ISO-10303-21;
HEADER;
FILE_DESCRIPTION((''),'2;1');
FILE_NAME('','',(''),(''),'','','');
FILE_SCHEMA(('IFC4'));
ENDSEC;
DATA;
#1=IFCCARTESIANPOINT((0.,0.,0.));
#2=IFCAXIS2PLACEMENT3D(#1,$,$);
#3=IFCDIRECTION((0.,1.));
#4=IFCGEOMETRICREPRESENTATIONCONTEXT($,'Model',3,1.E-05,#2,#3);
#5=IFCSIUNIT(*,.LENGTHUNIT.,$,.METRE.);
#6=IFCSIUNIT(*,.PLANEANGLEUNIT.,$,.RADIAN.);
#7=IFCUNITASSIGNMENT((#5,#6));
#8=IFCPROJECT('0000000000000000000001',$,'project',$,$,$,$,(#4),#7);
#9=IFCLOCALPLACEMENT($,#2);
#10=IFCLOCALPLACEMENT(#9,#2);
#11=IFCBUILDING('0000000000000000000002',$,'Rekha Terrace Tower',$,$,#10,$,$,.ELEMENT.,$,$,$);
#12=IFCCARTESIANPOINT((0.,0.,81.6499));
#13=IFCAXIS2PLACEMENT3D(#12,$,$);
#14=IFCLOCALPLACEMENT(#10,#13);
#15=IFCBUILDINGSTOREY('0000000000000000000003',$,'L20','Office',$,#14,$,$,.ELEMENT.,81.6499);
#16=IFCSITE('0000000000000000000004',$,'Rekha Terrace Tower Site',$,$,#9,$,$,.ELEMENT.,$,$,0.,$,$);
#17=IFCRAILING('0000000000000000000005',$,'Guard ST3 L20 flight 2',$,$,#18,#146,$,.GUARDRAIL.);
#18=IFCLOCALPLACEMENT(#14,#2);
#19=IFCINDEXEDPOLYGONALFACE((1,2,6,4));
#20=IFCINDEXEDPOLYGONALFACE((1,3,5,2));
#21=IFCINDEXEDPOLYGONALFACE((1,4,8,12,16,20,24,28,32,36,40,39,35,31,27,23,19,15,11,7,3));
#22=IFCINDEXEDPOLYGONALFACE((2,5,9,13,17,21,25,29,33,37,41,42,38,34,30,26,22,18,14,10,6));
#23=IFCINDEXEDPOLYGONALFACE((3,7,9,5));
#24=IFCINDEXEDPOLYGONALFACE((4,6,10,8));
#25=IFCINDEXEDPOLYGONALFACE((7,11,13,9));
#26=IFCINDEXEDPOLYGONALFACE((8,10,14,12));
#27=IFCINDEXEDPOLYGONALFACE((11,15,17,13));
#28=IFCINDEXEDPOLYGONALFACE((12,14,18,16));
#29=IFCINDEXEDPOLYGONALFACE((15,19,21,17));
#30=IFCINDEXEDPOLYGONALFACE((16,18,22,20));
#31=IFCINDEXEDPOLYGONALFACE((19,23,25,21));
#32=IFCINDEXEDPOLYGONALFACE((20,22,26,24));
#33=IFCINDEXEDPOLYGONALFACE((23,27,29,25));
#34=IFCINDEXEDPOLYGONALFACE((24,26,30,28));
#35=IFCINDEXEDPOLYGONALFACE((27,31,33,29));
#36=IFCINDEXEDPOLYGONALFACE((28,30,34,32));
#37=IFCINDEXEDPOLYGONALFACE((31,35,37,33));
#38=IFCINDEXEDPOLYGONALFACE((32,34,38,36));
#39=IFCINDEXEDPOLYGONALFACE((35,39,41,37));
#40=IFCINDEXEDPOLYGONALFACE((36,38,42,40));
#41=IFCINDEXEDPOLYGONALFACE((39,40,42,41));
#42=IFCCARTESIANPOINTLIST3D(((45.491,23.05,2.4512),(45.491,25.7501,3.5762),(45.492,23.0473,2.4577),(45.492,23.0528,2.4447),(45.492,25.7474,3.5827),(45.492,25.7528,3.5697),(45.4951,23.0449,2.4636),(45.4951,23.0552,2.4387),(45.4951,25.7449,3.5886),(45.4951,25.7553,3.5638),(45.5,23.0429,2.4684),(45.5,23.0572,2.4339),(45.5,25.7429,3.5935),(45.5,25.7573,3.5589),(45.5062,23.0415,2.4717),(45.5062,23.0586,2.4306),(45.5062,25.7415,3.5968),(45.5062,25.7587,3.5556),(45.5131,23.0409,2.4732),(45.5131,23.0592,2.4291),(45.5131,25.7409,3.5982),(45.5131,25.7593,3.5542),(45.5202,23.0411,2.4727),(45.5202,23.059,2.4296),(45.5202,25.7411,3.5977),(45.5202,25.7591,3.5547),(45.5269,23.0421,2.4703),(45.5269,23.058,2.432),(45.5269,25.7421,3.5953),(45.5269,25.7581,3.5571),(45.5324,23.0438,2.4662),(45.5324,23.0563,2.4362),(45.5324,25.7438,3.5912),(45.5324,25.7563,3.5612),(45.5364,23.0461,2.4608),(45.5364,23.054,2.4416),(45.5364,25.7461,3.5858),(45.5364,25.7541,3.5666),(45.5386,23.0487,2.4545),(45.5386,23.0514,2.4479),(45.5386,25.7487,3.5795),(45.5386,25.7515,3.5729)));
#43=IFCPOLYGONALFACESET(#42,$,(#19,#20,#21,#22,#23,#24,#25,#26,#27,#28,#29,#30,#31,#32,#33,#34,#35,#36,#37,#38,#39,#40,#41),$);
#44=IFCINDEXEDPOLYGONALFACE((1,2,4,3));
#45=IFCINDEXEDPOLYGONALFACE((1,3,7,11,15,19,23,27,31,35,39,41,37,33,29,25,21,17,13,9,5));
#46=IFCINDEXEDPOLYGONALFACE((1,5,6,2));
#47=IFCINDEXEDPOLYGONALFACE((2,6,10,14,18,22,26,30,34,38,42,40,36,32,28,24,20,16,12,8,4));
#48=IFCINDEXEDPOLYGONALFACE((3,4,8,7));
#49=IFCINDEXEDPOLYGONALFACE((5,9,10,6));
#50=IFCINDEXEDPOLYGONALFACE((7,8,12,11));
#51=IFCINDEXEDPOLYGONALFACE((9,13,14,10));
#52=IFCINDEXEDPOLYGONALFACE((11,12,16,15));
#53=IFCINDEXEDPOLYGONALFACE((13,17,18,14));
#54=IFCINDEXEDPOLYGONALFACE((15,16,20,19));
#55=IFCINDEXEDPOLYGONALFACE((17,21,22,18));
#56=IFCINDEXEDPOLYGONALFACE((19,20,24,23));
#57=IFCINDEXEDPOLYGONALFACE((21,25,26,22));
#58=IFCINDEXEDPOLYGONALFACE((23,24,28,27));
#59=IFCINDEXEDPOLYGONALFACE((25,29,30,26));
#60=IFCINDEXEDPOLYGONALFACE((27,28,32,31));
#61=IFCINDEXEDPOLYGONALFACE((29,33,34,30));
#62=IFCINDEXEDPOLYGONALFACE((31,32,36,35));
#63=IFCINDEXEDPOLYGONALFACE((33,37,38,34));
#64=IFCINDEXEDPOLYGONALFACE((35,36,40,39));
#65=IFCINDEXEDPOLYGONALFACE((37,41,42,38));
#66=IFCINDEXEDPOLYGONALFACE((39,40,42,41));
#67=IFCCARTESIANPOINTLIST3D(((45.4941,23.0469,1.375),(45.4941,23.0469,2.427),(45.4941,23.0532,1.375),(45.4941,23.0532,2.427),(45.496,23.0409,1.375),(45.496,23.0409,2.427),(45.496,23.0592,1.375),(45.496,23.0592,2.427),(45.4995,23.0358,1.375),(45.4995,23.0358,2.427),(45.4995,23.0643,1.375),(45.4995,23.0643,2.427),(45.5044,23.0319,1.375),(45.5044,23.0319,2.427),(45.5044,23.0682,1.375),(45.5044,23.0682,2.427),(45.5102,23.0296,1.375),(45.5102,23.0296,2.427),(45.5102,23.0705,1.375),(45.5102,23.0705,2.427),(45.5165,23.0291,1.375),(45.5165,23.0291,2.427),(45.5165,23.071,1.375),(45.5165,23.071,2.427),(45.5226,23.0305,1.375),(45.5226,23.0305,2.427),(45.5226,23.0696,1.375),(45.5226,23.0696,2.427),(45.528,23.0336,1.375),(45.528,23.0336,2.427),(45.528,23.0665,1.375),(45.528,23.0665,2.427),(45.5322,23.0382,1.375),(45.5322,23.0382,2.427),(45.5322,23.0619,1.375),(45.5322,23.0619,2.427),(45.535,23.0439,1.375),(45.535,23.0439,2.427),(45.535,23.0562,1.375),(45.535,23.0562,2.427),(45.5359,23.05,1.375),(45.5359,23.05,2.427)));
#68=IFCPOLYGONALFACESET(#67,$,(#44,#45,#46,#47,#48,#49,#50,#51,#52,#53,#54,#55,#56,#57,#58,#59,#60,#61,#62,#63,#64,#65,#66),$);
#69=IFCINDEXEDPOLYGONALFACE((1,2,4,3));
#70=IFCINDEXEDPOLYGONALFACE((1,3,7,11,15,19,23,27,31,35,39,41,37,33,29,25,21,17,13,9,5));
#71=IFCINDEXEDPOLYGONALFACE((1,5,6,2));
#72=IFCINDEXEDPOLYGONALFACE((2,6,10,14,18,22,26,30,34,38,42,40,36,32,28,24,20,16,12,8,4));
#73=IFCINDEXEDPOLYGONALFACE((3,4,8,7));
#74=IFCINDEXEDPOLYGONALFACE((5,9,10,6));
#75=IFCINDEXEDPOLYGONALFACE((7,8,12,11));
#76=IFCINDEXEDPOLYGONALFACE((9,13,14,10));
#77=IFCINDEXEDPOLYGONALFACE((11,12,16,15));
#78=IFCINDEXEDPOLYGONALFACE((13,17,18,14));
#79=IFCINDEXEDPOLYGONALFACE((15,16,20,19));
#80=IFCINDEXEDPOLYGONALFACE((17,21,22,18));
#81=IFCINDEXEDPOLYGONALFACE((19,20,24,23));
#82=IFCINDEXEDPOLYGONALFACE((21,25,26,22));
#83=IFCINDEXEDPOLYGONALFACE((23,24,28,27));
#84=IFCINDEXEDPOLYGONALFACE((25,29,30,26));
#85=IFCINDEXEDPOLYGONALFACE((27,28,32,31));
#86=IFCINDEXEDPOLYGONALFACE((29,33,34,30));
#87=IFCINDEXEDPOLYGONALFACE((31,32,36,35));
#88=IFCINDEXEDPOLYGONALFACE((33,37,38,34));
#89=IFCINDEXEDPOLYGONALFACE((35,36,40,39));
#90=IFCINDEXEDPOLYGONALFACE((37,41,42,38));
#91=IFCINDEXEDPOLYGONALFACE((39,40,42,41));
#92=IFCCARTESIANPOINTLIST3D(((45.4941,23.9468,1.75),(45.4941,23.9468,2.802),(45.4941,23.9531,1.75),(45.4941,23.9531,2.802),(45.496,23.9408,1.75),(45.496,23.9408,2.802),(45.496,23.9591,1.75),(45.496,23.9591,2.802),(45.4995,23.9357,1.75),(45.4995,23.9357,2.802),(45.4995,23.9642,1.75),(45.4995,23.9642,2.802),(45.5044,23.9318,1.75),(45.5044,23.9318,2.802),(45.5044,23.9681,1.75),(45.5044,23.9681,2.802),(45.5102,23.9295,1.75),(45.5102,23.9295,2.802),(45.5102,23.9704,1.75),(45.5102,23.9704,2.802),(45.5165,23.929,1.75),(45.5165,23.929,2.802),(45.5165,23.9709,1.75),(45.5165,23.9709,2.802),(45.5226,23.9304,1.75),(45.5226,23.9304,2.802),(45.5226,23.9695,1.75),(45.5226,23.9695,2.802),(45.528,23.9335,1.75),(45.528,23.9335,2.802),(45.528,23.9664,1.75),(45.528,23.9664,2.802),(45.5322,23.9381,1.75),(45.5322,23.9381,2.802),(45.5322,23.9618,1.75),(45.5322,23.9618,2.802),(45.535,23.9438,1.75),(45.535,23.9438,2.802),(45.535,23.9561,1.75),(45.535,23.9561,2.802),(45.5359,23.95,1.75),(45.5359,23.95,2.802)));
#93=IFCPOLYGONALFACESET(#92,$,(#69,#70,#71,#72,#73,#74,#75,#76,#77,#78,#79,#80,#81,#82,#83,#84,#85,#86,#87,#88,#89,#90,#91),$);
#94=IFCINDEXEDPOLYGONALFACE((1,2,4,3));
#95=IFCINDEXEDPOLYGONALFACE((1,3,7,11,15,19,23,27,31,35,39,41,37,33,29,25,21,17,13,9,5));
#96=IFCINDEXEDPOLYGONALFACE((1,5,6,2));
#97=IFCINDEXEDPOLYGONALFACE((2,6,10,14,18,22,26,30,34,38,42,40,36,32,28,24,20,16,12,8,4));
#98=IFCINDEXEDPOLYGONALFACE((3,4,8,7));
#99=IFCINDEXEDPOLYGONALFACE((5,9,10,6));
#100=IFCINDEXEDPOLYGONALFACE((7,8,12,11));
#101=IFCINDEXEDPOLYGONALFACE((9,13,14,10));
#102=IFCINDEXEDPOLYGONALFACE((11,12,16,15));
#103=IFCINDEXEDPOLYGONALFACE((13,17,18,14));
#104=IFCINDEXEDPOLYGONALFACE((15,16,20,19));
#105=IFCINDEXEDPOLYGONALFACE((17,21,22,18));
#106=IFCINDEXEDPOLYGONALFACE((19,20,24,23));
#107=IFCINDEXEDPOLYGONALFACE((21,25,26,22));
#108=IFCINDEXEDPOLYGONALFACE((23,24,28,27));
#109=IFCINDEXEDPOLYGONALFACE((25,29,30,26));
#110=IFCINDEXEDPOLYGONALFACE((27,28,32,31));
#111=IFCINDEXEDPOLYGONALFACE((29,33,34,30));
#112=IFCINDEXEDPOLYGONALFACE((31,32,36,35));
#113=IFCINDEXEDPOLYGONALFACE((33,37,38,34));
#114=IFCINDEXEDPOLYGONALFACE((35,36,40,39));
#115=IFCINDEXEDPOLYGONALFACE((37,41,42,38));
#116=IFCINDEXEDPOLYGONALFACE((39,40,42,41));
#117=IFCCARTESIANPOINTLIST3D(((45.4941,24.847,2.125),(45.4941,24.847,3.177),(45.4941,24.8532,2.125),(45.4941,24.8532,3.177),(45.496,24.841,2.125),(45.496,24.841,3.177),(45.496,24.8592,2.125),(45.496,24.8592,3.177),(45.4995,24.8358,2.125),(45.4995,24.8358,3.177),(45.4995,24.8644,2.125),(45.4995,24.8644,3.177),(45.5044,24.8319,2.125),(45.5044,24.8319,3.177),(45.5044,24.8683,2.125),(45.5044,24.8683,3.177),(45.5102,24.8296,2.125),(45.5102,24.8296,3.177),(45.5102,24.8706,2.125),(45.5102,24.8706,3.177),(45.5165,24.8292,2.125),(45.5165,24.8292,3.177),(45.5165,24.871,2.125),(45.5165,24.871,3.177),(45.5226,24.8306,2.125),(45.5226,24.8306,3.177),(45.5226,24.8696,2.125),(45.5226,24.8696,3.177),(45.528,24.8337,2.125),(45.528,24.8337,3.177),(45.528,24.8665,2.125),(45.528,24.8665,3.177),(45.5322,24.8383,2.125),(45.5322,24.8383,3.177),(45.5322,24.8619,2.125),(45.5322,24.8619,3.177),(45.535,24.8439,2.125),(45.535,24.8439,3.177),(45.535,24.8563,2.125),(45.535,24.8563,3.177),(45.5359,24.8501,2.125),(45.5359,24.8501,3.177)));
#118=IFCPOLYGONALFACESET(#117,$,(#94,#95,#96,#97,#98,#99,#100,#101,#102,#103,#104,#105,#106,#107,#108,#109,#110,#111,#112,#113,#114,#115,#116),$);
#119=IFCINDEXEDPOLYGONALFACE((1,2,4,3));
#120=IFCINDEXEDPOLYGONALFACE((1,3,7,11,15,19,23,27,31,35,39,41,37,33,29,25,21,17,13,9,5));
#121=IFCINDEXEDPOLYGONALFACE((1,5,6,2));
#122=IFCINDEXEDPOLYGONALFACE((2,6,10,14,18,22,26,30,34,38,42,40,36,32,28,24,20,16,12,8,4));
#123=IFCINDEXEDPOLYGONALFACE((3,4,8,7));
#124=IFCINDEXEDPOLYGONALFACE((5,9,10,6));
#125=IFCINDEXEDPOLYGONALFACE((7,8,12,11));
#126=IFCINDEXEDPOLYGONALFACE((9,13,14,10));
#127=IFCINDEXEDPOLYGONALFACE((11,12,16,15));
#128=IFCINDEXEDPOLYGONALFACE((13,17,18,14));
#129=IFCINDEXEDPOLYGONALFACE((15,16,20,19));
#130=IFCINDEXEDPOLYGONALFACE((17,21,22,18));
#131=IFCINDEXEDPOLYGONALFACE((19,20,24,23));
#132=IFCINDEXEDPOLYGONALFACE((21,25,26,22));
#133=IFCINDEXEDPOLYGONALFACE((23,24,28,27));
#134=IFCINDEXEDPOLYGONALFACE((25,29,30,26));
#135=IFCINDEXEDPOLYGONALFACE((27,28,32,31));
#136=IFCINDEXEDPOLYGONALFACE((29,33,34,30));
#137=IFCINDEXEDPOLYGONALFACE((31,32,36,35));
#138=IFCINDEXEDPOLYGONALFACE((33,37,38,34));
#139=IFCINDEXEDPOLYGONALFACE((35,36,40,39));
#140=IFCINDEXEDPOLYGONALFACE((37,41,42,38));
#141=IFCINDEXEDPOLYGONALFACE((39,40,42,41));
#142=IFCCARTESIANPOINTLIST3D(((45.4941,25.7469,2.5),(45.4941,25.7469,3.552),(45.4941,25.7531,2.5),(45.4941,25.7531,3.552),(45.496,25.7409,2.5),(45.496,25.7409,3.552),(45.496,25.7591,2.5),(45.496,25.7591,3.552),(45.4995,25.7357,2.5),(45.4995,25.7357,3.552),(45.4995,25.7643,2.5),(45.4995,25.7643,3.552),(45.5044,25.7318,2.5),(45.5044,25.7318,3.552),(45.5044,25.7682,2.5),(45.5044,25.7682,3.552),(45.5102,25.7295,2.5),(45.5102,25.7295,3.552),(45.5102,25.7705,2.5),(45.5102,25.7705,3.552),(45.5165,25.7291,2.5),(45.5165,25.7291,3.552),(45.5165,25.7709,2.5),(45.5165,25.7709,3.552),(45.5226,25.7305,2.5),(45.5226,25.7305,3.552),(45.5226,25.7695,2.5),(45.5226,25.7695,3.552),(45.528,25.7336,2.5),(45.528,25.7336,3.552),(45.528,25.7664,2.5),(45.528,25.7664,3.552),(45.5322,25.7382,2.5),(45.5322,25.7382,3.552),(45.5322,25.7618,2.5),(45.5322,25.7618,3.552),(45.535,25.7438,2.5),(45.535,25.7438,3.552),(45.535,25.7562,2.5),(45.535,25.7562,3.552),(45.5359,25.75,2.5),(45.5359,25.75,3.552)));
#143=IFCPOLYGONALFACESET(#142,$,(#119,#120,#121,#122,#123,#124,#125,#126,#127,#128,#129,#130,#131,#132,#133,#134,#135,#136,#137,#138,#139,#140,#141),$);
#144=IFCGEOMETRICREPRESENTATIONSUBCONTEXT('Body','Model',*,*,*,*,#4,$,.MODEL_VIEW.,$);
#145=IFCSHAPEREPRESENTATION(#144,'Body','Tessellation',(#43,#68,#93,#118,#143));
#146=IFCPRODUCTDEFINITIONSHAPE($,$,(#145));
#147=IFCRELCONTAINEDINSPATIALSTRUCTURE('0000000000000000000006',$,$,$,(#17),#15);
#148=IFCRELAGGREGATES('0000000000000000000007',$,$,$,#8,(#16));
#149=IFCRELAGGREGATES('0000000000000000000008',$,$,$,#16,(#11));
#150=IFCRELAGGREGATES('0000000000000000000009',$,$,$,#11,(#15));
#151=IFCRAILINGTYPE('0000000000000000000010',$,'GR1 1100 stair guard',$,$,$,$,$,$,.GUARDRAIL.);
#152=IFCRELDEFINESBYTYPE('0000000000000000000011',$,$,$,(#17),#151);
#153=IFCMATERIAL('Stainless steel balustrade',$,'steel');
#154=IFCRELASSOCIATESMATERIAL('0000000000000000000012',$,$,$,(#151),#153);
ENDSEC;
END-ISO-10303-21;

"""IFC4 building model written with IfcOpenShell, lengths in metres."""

from ifc_helpers import new_model, si_unit, direction, frame, origin, origin_2d, place, context, subcontext, project, spatial, circle, extrude, material, type_object, element, save


model = new_model("IFC4")

# Units and contexts
model_context = context("Model", 3, precision=1e-05, world=origin(), true_north=direction((0.0, 1.0)))
body_context = subcontext(model_context, "Body", "Model", "MODEL_VIEW")
ifc_project = project(units=[si_unit("LENGTHUNIT", "METRE"), si_unit("PLANEANGLEUNIT", "RADIAN")], contexts=[model_context])

# Site, building, storey
site_placement = place(None, origin())
site = spatial("IfcSite", under=ifc_project, at=site_placement, Name="Rekha Terrace Tower Site", CompositionType="ELEMENT", RefElevation=0.0)
building_placement = place(site_placement, origin())
building = spatial("IfcBuilding", under=site, at=building_placement, Name="Rekha Terrace Tower", CompositionType="ELEMENT")
storey_placement = place(building_placement, frame((0.0, 0.0, 81.6499)))
storey = spatial("IfcBuildingStorey", under=building, at=storey_placement, Name="L20", Description="Office", CompositionType="ELEMENT", Elevation=81.6499)

# Railing
ifc_material_1 = material(Name="Stainless steel balustrade", Category="steel")
railing_type_1 = type_object("IfcRailingType", Name="GR1 1100 stair guard", PredefinedType="GUARDRAIL", material=ifc_material_1)
railing_1_placement = place(storey_placement, frame((45.5149, 23.05, 1.375)))
element("IfcRailing", 1, at=railing_1_placement, inside=storey, type_object=railing_type_1, Name="Guard ST3 L20 flight 2", PredefinedType="GUARDRAIL", context=body_context, shape_type="SweptSolid", body=[
    extrude(circle(Radius=0.0239, at=origin_2d()), frame((0.0, 0.0, 1.0762), z_axis=(0.0, 0.923074, 0.384621), x_axis=(-1.0, 0.0, 0.0)), (0.0, 0.0, 1.0), 2.925),
    extrude(circle(Radius=0.021, at=origin_2d()), origin(), (0.0, 0.0, 1.0), 1.052),
    extrude(circle(Radius=0.021, at=origin_2d()), frame((0.0, 0.8999, 0.375)), (0.0, 0.0, 1.0), 1.052),
    extrude(circle(Radius=0.021, at=origin_2d()), frame((0.0, 1.8, 0.75)), (0.0, 0.0, 1.0), 1.052),
    extrude(circle(Radius=0.021, at=origin_2d()), frame((0.0, 2.7, 1.125)), (0.0, 0.0, 1.0), 1.052),
])

save(model, "model.ifc")
